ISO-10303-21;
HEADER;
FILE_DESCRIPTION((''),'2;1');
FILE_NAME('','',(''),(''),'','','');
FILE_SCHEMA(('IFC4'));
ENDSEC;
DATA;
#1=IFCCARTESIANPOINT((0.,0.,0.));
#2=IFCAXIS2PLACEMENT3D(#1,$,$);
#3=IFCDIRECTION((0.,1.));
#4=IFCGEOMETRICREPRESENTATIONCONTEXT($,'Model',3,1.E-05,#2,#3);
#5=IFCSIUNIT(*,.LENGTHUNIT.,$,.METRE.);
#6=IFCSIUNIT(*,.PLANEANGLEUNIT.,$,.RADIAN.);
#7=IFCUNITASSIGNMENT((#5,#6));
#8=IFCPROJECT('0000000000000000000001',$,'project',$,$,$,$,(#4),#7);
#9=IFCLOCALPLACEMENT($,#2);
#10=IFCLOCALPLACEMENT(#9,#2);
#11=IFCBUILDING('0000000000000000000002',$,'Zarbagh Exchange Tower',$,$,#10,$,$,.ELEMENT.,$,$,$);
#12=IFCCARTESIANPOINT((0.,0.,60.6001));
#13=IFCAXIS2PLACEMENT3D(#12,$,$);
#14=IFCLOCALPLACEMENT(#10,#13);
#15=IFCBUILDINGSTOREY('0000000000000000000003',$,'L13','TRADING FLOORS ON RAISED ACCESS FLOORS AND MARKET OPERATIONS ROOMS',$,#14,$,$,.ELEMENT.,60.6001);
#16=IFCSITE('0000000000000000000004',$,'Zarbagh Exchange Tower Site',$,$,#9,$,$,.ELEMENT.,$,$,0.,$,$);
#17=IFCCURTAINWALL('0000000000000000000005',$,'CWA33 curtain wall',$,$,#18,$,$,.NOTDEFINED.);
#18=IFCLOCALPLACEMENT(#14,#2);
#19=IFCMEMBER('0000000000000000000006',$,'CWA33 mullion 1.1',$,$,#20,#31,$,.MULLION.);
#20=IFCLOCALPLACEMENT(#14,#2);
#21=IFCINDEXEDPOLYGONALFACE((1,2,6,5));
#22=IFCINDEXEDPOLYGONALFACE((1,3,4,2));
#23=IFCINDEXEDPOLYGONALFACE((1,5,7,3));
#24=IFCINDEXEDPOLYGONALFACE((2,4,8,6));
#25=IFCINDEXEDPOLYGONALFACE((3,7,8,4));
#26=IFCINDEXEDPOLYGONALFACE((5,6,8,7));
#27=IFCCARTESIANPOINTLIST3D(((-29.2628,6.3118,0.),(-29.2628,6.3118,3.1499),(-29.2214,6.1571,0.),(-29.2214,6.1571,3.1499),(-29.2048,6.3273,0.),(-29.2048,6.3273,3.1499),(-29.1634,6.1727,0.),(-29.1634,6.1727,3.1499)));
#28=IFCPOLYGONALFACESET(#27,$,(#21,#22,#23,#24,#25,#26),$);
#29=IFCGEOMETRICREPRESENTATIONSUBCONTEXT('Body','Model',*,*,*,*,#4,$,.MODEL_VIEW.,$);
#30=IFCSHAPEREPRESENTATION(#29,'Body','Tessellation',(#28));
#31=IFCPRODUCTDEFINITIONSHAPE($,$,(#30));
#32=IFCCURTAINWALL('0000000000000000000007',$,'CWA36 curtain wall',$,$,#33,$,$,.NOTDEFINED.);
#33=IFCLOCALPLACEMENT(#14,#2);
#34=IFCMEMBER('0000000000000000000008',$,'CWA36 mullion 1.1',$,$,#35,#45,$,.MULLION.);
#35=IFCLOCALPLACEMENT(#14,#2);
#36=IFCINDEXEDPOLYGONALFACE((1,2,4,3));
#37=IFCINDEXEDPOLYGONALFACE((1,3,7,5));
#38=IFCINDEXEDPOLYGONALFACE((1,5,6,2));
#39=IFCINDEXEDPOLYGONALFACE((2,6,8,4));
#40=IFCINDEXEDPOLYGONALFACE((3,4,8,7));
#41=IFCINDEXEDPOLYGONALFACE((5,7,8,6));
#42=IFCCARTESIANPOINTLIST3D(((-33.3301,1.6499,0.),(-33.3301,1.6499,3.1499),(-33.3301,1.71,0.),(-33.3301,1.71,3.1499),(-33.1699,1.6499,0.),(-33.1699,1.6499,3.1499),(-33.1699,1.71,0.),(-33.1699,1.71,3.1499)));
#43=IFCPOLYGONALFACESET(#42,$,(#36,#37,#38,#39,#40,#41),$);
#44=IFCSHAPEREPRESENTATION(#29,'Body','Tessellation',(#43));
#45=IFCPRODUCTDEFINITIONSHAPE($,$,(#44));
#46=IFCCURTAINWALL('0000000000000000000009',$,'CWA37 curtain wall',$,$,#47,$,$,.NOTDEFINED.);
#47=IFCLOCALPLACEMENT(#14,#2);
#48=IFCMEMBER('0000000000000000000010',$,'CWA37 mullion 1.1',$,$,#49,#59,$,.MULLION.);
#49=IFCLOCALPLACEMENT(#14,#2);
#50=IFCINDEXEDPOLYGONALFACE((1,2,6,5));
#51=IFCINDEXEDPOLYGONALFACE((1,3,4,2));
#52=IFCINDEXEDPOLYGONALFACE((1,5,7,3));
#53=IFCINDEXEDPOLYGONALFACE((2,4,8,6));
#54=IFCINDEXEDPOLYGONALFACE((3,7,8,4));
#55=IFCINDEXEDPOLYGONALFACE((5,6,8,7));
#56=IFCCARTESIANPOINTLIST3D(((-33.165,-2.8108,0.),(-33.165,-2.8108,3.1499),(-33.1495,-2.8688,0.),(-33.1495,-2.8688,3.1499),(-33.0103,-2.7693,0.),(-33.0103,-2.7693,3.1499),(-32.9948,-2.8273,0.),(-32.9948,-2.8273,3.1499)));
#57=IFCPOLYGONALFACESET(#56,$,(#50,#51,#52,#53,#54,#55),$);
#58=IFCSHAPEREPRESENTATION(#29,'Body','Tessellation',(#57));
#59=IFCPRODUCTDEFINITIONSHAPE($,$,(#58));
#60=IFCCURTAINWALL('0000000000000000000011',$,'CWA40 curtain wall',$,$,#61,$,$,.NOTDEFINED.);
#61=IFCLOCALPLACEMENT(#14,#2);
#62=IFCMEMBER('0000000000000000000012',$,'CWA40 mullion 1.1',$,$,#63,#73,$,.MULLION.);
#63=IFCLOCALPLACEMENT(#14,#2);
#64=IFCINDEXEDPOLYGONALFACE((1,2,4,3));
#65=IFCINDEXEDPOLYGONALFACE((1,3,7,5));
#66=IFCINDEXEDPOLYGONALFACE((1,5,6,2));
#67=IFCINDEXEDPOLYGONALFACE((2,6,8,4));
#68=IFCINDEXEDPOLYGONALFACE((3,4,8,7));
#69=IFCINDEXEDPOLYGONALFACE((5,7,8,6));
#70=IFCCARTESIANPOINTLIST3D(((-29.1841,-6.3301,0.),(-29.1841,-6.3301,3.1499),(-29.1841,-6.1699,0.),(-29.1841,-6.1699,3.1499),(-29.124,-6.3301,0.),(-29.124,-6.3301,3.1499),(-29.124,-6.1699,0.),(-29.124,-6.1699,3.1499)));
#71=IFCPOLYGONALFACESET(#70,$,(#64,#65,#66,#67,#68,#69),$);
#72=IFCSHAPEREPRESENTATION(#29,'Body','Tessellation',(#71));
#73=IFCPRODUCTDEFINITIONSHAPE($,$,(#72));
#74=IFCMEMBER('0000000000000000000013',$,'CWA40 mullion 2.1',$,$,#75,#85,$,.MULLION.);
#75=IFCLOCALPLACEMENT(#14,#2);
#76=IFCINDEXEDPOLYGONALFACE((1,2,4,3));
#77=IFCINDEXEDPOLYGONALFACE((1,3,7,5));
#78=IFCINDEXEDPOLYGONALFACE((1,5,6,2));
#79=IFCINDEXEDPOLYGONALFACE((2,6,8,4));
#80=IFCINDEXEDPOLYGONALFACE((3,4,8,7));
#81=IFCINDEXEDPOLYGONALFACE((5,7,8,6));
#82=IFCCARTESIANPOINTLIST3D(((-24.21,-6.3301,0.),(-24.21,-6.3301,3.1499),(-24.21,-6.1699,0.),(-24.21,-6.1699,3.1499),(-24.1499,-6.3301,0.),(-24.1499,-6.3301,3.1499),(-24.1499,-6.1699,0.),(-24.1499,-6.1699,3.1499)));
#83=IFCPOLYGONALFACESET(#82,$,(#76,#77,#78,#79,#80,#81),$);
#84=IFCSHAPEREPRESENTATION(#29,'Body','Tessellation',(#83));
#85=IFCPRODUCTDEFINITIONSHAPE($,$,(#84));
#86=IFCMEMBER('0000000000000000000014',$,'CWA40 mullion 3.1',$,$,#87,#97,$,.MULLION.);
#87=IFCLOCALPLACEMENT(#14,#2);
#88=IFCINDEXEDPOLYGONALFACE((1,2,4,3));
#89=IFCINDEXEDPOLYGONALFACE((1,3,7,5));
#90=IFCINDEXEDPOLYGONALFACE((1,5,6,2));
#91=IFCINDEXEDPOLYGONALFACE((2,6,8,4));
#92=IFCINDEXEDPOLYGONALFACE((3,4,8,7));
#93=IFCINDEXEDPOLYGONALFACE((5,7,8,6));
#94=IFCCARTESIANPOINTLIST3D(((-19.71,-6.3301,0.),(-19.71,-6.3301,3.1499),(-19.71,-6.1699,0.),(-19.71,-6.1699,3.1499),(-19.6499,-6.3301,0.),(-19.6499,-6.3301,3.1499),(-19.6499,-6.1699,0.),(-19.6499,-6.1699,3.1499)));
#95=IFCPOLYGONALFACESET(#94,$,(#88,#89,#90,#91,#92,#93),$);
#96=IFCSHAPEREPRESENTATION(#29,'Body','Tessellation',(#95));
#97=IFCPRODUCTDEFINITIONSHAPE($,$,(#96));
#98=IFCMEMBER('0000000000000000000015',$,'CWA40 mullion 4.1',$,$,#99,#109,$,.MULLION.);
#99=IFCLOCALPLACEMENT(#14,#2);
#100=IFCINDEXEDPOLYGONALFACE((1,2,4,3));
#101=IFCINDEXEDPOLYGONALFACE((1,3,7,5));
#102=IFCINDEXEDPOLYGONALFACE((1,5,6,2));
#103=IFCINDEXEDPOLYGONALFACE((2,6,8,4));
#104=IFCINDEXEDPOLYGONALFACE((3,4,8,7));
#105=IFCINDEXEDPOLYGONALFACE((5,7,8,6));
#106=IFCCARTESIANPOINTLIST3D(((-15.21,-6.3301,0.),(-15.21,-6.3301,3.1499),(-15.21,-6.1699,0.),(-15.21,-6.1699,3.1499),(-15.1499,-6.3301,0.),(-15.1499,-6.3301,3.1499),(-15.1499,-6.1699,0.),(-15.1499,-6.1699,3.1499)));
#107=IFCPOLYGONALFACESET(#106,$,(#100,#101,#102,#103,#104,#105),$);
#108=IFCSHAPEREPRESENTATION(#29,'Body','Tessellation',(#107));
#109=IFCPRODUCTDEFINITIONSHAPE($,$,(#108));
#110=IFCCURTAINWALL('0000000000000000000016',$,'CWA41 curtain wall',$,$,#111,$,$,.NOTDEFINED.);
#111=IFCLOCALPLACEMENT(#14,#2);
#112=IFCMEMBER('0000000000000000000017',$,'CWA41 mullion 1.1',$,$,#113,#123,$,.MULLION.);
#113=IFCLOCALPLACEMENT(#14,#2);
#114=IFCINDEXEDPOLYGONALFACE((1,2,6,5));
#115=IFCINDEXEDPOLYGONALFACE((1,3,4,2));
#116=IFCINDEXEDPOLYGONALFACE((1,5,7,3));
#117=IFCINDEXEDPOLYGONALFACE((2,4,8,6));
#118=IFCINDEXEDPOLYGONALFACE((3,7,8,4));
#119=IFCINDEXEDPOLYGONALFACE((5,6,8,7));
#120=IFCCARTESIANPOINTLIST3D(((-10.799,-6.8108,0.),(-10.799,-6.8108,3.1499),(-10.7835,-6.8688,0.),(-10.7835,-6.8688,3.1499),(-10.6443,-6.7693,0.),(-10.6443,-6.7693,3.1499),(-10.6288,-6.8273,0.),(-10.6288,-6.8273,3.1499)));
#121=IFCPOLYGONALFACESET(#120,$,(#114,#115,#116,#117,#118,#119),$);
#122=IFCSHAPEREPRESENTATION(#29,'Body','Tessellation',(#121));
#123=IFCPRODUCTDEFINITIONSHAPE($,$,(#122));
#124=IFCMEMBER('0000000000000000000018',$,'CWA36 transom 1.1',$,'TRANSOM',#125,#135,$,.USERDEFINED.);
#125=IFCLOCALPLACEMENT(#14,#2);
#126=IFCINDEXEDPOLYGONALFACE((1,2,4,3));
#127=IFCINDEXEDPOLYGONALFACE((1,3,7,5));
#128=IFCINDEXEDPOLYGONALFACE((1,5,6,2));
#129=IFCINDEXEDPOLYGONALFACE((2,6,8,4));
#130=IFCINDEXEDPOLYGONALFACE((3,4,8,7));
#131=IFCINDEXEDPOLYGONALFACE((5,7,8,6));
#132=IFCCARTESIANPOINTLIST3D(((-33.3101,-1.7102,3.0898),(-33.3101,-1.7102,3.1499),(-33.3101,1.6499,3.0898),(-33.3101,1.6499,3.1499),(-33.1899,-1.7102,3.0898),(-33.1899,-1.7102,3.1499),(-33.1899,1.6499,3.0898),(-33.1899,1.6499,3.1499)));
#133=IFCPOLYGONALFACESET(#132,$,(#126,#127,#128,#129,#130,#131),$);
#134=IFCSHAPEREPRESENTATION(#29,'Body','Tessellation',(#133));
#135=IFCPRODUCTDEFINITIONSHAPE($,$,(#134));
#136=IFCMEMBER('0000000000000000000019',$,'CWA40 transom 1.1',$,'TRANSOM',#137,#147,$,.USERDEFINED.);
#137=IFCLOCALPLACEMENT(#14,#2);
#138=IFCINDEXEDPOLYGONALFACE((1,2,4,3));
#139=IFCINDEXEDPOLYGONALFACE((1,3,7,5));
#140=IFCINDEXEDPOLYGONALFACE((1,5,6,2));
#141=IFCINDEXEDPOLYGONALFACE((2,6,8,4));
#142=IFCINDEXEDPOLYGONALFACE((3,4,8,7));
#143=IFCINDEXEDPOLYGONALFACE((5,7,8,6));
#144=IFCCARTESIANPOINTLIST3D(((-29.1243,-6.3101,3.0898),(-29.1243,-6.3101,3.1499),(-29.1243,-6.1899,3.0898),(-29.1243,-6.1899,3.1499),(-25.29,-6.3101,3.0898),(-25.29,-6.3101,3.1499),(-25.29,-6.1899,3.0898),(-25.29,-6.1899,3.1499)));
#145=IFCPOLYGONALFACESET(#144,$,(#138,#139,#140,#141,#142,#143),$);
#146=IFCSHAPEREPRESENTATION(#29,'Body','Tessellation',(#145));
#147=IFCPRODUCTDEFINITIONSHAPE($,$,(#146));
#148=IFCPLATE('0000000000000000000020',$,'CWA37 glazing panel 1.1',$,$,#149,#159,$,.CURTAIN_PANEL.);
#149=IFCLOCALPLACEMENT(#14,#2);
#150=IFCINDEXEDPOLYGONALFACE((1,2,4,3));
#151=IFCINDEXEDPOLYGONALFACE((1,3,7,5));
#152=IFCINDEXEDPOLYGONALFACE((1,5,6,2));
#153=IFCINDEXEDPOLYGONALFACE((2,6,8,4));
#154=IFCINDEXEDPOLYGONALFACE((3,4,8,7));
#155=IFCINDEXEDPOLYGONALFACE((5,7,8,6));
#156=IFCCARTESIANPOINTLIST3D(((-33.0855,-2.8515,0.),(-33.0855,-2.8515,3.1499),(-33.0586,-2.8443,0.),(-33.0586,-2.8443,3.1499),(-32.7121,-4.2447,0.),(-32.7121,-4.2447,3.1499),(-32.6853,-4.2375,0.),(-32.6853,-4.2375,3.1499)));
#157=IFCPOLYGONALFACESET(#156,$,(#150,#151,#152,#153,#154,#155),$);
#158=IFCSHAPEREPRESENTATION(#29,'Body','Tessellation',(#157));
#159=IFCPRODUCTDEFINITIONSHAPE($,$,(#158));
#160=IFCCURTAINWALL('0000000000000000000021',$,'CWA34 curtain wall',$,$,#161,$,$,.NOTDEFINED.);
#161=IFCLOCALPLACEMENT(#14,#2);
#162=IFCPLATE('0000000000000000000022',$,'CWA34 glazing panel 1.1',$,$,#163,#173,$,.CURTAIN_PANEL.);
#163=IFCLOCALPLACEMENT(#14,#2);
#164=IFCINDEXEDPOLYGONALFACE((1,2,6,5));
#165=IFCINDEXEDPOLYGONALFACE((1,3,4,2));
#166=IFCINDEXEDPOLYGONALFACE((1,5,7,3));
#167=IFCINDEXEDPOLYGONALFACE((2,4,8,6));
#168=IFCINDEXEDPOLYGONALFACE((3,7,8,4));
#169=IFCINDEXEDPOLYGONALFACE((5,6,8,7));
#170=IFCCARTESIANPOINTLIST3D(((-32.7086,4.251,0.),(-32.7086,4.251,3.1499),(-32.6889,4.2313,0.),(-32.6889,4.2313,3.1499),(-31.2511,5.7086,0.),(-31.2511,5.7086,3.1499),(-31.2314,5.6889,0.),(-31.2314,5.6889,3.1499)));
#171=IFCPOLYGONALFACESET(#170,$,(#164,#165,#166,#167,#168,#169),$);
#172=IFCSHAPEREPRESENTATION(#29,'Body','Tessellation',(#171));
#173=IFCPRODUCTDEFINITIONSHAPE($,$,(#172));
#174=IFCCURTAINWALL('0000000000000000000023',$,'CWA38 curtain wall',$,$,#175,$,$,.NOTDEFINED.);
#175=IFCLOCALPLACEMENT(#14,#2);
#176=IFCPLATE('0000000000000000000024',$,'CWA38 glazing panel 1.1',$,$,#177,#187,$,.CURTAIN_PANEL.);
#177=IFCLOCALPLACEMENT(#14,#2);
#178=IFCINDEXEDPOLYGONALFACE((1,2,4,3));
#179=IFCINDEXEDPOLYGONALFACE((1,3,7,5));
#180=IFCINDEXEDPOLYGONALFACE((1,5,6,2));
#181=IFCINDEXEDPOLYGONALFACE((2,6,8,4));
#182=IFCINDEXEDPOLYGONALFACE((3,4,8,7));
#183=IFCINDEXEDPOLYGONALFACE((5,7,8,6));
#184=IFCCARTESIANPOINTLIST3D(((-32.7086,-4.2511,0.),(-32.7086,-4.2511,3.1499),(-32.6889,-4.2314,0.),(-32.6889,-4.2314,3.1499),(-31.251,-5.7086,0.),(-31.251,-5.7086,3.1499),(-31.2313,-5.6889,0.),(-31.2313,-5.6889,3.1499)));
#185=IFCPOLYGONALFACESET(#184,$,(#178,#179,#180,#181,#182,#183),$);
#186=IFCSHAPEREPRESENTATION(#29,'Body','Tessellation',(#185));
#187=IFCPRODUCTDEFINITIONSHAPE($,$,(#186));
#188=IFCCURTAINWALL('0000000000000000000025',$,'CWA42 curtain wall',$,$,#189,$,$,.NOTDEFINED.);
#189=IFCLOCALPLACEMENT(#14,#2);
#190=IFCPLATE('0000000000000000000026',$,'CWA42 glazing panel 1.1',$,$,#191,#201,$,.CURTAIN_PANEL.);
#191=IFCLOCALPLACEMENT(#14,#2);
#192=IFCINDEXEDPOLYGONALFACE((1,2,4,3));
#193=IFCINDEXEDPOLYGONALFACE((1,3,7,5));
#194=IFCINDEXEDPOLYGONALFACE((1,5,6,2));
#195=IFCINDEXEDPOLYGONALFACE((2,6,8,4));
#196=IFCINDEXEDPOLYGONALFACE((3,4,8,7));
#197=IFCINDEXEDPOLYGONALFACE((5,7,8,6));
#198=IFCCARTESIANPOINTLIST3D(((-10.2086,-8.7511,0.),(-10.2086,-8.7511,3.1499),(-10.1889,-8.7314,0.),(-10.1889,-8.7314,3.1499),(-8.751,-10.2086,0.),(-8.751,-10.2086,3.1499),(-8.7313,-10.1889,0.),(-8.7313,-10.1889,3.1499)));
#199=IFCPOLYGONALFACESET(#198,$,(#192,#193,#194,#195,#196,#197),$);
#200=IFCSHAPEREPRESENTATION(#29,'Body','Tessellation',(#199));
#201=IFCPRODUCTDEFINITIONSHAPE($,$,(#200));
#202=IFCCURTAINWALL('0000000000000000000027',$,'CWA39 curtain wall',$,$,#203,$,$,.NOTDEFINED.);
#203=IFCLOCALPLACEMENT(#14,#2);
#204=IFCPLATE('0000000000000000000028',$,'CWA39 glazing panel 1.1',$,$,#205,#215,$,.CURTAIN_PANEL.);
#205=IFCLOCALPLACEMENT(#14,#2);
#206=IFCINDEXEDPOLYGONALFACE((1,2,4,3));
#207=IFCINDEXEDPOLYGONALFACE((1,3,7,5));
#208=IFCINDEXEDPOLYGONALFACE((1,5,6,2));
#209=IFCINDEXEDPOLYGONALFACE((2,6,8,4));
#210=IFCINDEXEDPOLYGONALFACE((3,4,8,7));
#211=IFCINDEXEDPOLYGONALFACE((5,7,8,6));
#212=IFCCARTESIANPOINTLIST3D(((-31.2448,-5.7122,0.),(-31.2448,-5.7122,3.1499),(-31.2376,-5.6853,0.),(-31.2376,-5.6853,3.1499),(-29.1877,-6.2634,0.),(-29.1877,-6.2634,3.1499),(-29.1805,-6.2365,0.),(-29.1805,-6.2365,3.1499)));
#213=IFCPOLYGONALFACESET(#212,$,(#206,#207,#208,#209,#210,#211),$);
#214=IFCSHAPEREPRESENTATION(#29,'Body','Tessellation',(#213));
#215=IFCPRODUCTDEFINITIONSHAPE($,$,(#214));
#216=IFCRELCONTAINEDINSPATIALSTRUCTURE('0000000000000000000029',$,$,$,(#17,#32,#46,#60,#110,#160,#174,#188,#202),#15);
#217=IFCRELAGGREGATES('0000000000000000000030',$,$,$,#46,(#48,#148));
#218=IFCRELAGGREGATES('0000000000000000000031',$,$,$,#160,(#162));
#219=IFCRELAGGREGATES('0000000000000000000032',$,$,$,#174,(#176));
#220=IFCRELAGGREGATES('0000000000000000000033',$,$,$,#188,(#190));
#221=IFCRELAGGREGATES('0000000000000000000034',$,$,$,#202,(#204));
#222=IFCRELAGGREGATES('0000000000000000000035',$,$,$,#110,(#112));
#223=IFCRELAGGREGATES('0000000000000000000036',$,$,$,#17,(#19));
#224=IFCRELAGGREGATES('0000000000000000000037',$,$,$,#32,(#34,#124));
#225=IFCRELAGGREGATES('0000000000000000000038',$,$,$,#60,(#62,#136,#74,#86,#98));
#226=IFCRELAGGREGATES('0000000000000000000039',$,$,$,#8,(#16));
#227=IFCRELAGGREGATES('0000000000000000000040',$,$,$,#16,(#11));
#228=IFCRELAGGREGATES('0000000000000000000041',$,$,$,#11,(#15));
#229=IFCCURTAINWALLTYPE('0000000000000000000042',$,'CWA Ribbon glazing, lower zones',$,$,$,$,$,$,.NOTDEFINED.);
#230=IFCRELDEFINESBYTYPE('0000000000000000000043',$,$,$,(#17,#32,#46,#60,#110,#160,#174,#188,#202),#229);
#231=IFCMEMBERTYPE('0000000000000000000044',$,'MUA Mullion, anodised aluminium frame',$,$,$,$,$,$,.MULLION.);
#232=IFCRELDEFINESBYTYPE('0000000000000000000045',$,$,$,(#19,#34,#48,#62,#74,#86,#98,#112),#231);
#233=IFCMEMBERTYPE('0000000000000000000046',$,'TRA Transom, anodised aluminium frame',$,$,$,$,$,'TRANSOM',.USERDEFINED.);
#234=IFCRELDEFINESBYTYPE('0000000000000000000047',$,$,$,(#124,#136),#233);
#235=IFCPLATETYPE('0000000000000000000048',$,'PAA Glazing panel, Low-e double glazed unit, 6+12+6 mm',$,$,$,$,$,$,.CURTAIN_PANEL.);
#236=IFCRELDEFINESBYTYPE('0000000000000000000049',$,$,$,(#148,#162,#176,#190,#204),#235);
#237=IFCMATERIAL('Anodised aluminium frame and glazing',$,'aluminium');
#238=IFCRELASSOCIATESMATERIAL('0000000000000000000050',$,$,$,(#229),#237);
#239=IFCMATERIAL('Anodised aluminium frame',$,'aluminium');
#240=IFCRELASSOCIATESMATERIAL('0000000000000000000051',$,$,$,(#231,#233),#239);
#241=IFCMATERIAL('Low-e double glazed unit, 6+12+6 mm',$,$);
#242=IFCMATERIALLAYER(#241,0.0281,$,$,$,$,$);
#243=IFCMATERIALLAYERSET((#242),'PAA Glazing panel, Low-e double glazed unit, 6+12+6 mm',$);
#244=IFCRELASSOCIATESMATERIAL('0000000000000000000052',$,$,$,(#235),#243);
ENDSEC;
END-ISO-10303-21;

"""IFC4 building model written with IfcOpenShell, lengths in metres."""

from ifc_helpers import new_model, si_unit, direction, frame, origin, place, context, subcontext, project, spatial, polyline, outline, extrude, source, transform, mapped, material, layer, layer_set, type_object, element, aggregate, save


model = new_model("IFC4")

# Units and contexts
model_context = context("Model", 3, precision=1e-05, world=origin(), true_north=direction((0.0, 1.0)))
body_context = subcontext(model_context, "Body", "Model", "MODEL_VIEW")
ifc_project = project(units=[si_unit("LENGTHUNIT", "METRE"), si_unit("PLANEANGLEUNIT", "RADIAN")], contexts=[model_context])

# Site, building, storey
site_placement = place(None, origin())
site = spatial("IfcSite", under=ifc_project, at=site_placement, Name="Zarbagh Exchange Tower Site", CompositionType="ELEMENT", RefElevation=0.0)
building_placement = place(site_placement, origin())
building = spatial("IfcBuilding", under=site, at=building_placement, Name="Zarbagh Exchange Tower", CompositionType="ELEMENT")
storey_placement = place(building_placement, frame((0.0, 0.0, 60.6001)))
storey = spatial("IfcBuildingStorey", under=building, at=storey_placement, Name="L13", Description="TRADING FLOORS ON RAISED ACCESS FLOORS AND MARKET OPERATIONS ROOMS", CompositionType="ELEMENT", Elevation=60.6001)

# Curtain walls, members
ifc_material_1 = material(Name="Anodised aluminium frame and glazing", Category="aluminium")
curtain_wall_type = type_object("IfcCurtainWallType", Name="CWA Ribbon glazing, lower zones", PredefinedType="NOTDEFINED", material=ifc_material_1)
curtain_wall_1_placement = place(storey_placement, origin())
curtain_wall_1 = element("IfcCurtainWall", 1, at=curtain_wall_1_placement, inside=storey, type_object=curtain_wall_type, Name="CWA33 curtain wall", PredefinedType="NOTDEFINED")
ifc_material_2 = material(Name="Anodised aluminium frame", Category="aluminium")
member_type_1 = type_object("IfcMemberType", Name="MUA Mullion, anodised aluminium frame", PredefinedType="MULLION", material=ifc_material_2)
shared_shape_1 = source(origin(), body_context, "Body", "SweptSolid", [
    extrude(outline(polyline([(0.0, -0.0801), (0.0601, -0.0801), (0.0601, 0.0801), (0.0, 0.0801), (0.0, -0.0801)])), origin(), (0.0, 0.0, 1.0), 3.1499),
])
placement = place(storey_placement, origin())
member_1 = element("IfcMember", 2, at=placement, type_object=member_type_1, Name="CWA33 mullion 1.1", PredefinedType="MULLION", context=body_context, shape_type="MappedRepresentation", body=[
    mapped(shared_shape_1, transform((-29.1841, 6.25, 0.0), x_axis=(-0.965924, -0.258825, 0.0), y_axis=(0.258825, -0.965924, 0.0), z_axis=(0.0, 0.0, 1.0))),
])
curtain_wall_2_placement = place(storey_placement, origin())
curtain_wall_2 = element("IfcCurtainWall", 3, at=curtain_wall_2_placement, inside=storey, type_object=curtain_wall_type, Name="CWA36 curtain wall", PredefinedType="NOTDEFINED")
member_2 = element("IfcMember", 4, at=placement, type_object=member_type_1, Name="CWA36 mullion 1.1", PredefinedType="MULLION", context=body_context, shape_type="MappedRepresentation", body=[
    mapped(shared_shape_1, transform((-33.25, 1.71, 0.0), x_axis=(0.0, -1.0, 0.0), y_axis=(1.0, 0.0, 0.0), z_axis=(0.0, 0.0, 1.0))),
])
curtain_wall_3_placement = place(storey_placement, origin())
curtain_wall_3 = element("IfcCurtainWall", 5, at=curtain_wall_3_placement, inside=storey, type_object=curtain_wall_type, Name="CWA37 curtain wall", PredefinedType="NOTDEFINED")
member_3 = element("IfcMember", 6, at=placement, type_object=member_type_1, Name="CWA37 mullion 1.1", PredefinedType="MULLION", context=body_context, shape_type="MappedRepresentation", body=[
    mapped(shared_shape_1, transform((-33.0876, -2.79, 0.0), x_axis=(0.258825, -0.965924, 0.0), y_axis=(0.965924, 0.258825, 0.0), z_axis=(0.0, 0.0, 1.0))),
])

# Curtain wall, members
curtain_wall_4_placement = place(storey_placement, origin())
curtain_wall_4 = element("IfcCurtainWall", 7, at=curtain_wall_4_placement, inside=storey, type_object=curtain_wall_type, Name="CWA40 curtain wall", PredefinedType="NOTDEFINED")
member_4 = element("IfcMember", 8, at=placement, type_object=member_type_1, Name="CWA40 mullion 1.1", PredefinedType="MULLION", context=body_context, shape_type="MappedRepresentation", body=[
    mapped(shared_shape_1, transform((-29.1841, -6.25, 0.0), x_axis=(1.0, 0.0, 0.0), y_axis=(0.0, 1.0, 0.0), z_axis=(0.0, 0.0, 1.0))),
])
member_5 = element("IfcMember", 9, at=placement, type_object=member_type_1, Name="CWA40 mullion 2.1", PredefinedType="MULLION", context=body_context, shape_type="MappedRepresentation", body=[
    mapped(shared_shape_1, transform((-24.21, -6.25, 0.0), x_axis=(1.0, 0.0, 0.0), y_axis=(0.0, 1.0, 0.0), z_axis=(0.0, 0.0, 1.0))),
])
member_6 = element("IfcMember", 10, at=placement, type_object=member_type_1, Name="CWA40 mullion 3.1", PredefinedType="MULLION", context=body_context, shape_type="MappedRepresentation", body=[
    mapped(shared_shape_1, transform((-19.71, -6.25, 0.0), x_axis=(1.0, 0.0, 0.0), y_axis=(0.0, 1.0, 0.0), z_axis=(0.0, 0.0, 1.0))),
])
member_7 = element("IfcMember", 11, at=placement, type_object=member_type_1, Name="CWA40 mullion 4.1", PredefinedType="MULLION", context=body_context, shape_type="MappedRepresentation", body=[
    mapped(shared_shape_1, transform((-15.21, -6.25, 0.0), x_axis=(1.0, 0.0, 0.0), y_axis=(0.0, 1.0, 0.0), z_axis=(0.0, 0.0, 1.0))),
])

# Curtain wall, member
curtain_wall_5_placement = place(storey_placement, origin())
curtain_wall_5 = element("IfcCurtainWall", 12, at=curtain_wall_5_placement, inside=storey, type_object=curtain_wall_type, Name="CWA41 curtain wall", PredefinedType="NOTDEFINED")
member_8 = element("IfcMember", 13, at=placement, type_object=member_type_1, Name="CWA41 mullion 1.1", PredefinedType="MULLION", context=body_context, shape_type="MappedRepresentation", body=[
    mapped(shared_shape_1, transform((-10.7217, -6.79, 0.0), x_axis=(0.258825, -0.965924, 0.0), y_axis=(0.965924, 0.258825, 0.0), z_axis=(0.0, 0.0, 1.0))),
])

# Members
member_type_2 = type_object("IfcMemberType", Name="TRA Transom, anodised aluminium frame", ElementType="TRANSOM", PredefinedType="USERDEFINED", material=ifc_material_2)
shared_shape_2 = source(origin(), body_context, "Body", "SweptSolid", [
    extrude(outline(polyline([(-0.0601, -0.0601), (0.0, -0.0601), (0.0, 0.0601), (-0.0601, 0.0601), (-0.0601, -0.0601)])), origin(), (0.0, 0.0, 1.0), 3.3601),
])
member_9 = element("IfcMember", 14, at=placement, type_object=member_type_2, Name="CWA36 transom 1.1", ObjectType="TRANSOM", PredefinedType="USERDEFINED", context=body_context, shape_type="MappedRepresentation", body=[
    mapped(shared_shape_2, transform((-33.25, 1.6499, 3.1499), x_axis=(0.0, 0.0, 1.0), y_axis=(-1.0, 0.0, 0.0), z_axis=(0.0, -1.0, 0.0))),
])
shared_shape_3 = source(origin(), body_context, "Body", "SweptSolid", [
    extrude(outline(polyline([(-0.0601, -0.0601), (0.0, -0.0601), (0.0, 0.0601), (-0.0601, 0.0601), (-0.0601, -0.0601)])), origin(), (0.0, 0.0, 1.0), 3.8342),
])
member_10 = element("IfcMember", 15, at=placement, type_object=member_type_2, Name="CWA40 transom 1.1", ObjectType="TRANSOM", PredefinedType="USERDEFINED", context=body_context, shape_type="MappedRepresentation", body=[
    mapped(shared_shape_3, transform((-29.1243, -6.25, 3.1499), x_axis=(0.0, 0.0, 1.0), y_axis=(0.0, -1.0, 0.0), z_axis=(1.0, 0.0, 0.0))),
])

# Plate
ifc_material_3 = material(Name="Low-e double glazed unit, 6+12+6 mm")
ifc_layer = layer(ifc_material_3, 0.0281)
ifc_layer_set = layer_set([ifc_layer], Name="PAA Glazing panel, Low-e double glazed unit, 6+12+6 mm")
plate_type = type_object("IfcPlateType", Name="PAA Glazing panel, Low-e double glazed unit, 6+12+6 mm", PredefinedType="CURTAIN_PANEL", material=ifc_layer_set)
shared_shape_4 = source(origin(), body_context, "Body", "SweptSolid", [
    extrude(outline(polyline([(0.0, -0.0139), (1.4424, -0.0139), (1.4424, 0.0139), (0.0, 0.0139), (0.0, -0.0139)])), origin(), (0.0, 0.0, 1.0), 3.1499),
])
plate_1 = element("IfcPlate", 16, at=placement, type_object=plate_type, Name="CWA37 glazing panel 1.1", PredefinedType="CURTAIN_PANEL", context=body_context, shape_type="MappedRepresentation", body=[
    mapped(shared_shape_4, transform((-33.072, -2.8479, 0.0), x_axis=(0.258825, -0.965924, 0.0), y_axis=(0.965924, 0.258825, 0.0), z_axis=(0.0, 0.0, 1.0))),
])
aggregate(curtain_wall_3, [member_3, plate_1])

# Curtain walls, plates
curtain_wall_6_placement = place(storey_placement, origin())
curtain_wall_6 = element("IfcCurtainWall", 17, at=curtain_wall_6_placement, inside=storey, type_object=curtain_wall_type, Name="CWA34 curtain wall", PredefinedType="NOTDEFINED")
shared_shape_5 = source(origin(), body_context, "Body", "SweptSolid", [
    extrude(outline(polyline([(0.0, -0.0139), (2.0613, -0.0139), (2.0613, 0.0139), (0.0, 0.0139), (0.0, -0.0139)])), origin(), (0.0, 0.0, 1.0), 3.1499),
])
plate_2 = element("IfcPlate", 18, at=placement, type_object=plate_type, Name="CWA34 glazing panel 1.1", PredefinedType="CURTAIN_PANEL", context=body_context, shape_type="MappedRepresentation", body=[
    mapped(shared_shape_5, transform((-31.2412, 5.6987, 0.0), x_axis=(-0.707107, -0.707107, 0.0), y_axis=(0.707107, -0.707107, 0.0), z_axis=(0.0, 0.0, 1.0))),
])
aggregate(curtain_wall_6, [plate_2])
curtain_wall_7_placement = place(storey_placement, origin())
curtain_wall_7 = element("IfcCurtainWall", 19, at=curtain_wall_7_placement, inside=storey, type_object=curtain_wall_type, Name="CWA38 curtain wall", PredefinedType="NOTDEFINED")
plate_3 = element("IfcPlate", 20, at=placement, type_object=plate_type, Name="CWA38 glazing panel 1.1", PredefinedType="CURTAIN_PANEL", context=body_context, shape_type="MappedRepresentation", body=[
    mapped(shared_shape_5, transform((-32.6987, -4.2412, 0.0), x_axis=(0.707107, -0.707107, 0.0), y_axis=(0.707107, 0.707107, 0.0), z_axis=(0.0, 0.0, 1.0))),
])
aggregate(curtain_wall_7, [plate_3])
curtain_wall_8_placement = place(storey_placement, origin())
curtain_wall_8 = element("IfcCurtainWall", 21, at=curtain_wall_8_placement, inside=storey, type_object=curtain_wall_type, Name="CWA42 curtain wall", PredefinedType="NOTDEFINED")
plate_4 = element("IfcPlate", 22, at=placement, type_object=plate_type, Name="CWA42 glazing panel 1.1", PredefinedType="CURTAIN_PANEL", context=body_context, shape_type="MappedRepresentation", body=[
    mapped(shared_shape_5, transform((-10.1987, -8.7412, 0.0), x_axis=(0.707107, -0.707107, 0.0), y_axis=(0.707107, 0.707107, 0.0), z_axis=(0.0, 0.0, 1.0))),
])
aggregate(curtain_wall_8, [plate_4])
curtain_wall_9_placement = place(storey_placement, origin())
curtain_wall_9 = element("IfcCurtainWall", 23, at=curtain_wall_9_placement, inside=storey, type_object=curtain_wall_type, Name="CWA39 curtain wall", PredefinedType="NOTDEFINED")
shared_shape_6 = source(origin(), body_context, "Body", "SweptSolid", [
    extrude(outline(polyline([(0.0, -0.0139), (2.1296, -0.0139), (2.1296, 0.0139), (0.0, 0.0139), (0.0, -0.0139)])), origin(), (0.0, 0.0, 1.0), 3.1499),
])
plate_5 = element("IfcPlate", 24, at=placement, type_object=plate_type, Name="CWA39 glazing panel 1.1", PredefinedType="CURTAIN_PANEL", context=body_context, shape_type="MappedRepresentation", body=[
    mapped(shared_shape_6, transform((-31.2412, -5.6987, 0.0), x_axis=(0.965924, -0.258825, 0.0), y_axis=(0.258825, 0.965924, 0.0), z_axis=(0.0, 0.0, 1.0))),
])
aggregate(curtain_wall_9, [plate_5])

aggregate(curtain_wall_5, [member_8])

aggregate(curtain_wall_1, [member_1])

aggregate(curtain_wall_2, [member_2, member_9])
aggregate(curtain_wall_4, [member_4, member_10, member_5, member_6, member_7])

save(model, "model.ifc")
